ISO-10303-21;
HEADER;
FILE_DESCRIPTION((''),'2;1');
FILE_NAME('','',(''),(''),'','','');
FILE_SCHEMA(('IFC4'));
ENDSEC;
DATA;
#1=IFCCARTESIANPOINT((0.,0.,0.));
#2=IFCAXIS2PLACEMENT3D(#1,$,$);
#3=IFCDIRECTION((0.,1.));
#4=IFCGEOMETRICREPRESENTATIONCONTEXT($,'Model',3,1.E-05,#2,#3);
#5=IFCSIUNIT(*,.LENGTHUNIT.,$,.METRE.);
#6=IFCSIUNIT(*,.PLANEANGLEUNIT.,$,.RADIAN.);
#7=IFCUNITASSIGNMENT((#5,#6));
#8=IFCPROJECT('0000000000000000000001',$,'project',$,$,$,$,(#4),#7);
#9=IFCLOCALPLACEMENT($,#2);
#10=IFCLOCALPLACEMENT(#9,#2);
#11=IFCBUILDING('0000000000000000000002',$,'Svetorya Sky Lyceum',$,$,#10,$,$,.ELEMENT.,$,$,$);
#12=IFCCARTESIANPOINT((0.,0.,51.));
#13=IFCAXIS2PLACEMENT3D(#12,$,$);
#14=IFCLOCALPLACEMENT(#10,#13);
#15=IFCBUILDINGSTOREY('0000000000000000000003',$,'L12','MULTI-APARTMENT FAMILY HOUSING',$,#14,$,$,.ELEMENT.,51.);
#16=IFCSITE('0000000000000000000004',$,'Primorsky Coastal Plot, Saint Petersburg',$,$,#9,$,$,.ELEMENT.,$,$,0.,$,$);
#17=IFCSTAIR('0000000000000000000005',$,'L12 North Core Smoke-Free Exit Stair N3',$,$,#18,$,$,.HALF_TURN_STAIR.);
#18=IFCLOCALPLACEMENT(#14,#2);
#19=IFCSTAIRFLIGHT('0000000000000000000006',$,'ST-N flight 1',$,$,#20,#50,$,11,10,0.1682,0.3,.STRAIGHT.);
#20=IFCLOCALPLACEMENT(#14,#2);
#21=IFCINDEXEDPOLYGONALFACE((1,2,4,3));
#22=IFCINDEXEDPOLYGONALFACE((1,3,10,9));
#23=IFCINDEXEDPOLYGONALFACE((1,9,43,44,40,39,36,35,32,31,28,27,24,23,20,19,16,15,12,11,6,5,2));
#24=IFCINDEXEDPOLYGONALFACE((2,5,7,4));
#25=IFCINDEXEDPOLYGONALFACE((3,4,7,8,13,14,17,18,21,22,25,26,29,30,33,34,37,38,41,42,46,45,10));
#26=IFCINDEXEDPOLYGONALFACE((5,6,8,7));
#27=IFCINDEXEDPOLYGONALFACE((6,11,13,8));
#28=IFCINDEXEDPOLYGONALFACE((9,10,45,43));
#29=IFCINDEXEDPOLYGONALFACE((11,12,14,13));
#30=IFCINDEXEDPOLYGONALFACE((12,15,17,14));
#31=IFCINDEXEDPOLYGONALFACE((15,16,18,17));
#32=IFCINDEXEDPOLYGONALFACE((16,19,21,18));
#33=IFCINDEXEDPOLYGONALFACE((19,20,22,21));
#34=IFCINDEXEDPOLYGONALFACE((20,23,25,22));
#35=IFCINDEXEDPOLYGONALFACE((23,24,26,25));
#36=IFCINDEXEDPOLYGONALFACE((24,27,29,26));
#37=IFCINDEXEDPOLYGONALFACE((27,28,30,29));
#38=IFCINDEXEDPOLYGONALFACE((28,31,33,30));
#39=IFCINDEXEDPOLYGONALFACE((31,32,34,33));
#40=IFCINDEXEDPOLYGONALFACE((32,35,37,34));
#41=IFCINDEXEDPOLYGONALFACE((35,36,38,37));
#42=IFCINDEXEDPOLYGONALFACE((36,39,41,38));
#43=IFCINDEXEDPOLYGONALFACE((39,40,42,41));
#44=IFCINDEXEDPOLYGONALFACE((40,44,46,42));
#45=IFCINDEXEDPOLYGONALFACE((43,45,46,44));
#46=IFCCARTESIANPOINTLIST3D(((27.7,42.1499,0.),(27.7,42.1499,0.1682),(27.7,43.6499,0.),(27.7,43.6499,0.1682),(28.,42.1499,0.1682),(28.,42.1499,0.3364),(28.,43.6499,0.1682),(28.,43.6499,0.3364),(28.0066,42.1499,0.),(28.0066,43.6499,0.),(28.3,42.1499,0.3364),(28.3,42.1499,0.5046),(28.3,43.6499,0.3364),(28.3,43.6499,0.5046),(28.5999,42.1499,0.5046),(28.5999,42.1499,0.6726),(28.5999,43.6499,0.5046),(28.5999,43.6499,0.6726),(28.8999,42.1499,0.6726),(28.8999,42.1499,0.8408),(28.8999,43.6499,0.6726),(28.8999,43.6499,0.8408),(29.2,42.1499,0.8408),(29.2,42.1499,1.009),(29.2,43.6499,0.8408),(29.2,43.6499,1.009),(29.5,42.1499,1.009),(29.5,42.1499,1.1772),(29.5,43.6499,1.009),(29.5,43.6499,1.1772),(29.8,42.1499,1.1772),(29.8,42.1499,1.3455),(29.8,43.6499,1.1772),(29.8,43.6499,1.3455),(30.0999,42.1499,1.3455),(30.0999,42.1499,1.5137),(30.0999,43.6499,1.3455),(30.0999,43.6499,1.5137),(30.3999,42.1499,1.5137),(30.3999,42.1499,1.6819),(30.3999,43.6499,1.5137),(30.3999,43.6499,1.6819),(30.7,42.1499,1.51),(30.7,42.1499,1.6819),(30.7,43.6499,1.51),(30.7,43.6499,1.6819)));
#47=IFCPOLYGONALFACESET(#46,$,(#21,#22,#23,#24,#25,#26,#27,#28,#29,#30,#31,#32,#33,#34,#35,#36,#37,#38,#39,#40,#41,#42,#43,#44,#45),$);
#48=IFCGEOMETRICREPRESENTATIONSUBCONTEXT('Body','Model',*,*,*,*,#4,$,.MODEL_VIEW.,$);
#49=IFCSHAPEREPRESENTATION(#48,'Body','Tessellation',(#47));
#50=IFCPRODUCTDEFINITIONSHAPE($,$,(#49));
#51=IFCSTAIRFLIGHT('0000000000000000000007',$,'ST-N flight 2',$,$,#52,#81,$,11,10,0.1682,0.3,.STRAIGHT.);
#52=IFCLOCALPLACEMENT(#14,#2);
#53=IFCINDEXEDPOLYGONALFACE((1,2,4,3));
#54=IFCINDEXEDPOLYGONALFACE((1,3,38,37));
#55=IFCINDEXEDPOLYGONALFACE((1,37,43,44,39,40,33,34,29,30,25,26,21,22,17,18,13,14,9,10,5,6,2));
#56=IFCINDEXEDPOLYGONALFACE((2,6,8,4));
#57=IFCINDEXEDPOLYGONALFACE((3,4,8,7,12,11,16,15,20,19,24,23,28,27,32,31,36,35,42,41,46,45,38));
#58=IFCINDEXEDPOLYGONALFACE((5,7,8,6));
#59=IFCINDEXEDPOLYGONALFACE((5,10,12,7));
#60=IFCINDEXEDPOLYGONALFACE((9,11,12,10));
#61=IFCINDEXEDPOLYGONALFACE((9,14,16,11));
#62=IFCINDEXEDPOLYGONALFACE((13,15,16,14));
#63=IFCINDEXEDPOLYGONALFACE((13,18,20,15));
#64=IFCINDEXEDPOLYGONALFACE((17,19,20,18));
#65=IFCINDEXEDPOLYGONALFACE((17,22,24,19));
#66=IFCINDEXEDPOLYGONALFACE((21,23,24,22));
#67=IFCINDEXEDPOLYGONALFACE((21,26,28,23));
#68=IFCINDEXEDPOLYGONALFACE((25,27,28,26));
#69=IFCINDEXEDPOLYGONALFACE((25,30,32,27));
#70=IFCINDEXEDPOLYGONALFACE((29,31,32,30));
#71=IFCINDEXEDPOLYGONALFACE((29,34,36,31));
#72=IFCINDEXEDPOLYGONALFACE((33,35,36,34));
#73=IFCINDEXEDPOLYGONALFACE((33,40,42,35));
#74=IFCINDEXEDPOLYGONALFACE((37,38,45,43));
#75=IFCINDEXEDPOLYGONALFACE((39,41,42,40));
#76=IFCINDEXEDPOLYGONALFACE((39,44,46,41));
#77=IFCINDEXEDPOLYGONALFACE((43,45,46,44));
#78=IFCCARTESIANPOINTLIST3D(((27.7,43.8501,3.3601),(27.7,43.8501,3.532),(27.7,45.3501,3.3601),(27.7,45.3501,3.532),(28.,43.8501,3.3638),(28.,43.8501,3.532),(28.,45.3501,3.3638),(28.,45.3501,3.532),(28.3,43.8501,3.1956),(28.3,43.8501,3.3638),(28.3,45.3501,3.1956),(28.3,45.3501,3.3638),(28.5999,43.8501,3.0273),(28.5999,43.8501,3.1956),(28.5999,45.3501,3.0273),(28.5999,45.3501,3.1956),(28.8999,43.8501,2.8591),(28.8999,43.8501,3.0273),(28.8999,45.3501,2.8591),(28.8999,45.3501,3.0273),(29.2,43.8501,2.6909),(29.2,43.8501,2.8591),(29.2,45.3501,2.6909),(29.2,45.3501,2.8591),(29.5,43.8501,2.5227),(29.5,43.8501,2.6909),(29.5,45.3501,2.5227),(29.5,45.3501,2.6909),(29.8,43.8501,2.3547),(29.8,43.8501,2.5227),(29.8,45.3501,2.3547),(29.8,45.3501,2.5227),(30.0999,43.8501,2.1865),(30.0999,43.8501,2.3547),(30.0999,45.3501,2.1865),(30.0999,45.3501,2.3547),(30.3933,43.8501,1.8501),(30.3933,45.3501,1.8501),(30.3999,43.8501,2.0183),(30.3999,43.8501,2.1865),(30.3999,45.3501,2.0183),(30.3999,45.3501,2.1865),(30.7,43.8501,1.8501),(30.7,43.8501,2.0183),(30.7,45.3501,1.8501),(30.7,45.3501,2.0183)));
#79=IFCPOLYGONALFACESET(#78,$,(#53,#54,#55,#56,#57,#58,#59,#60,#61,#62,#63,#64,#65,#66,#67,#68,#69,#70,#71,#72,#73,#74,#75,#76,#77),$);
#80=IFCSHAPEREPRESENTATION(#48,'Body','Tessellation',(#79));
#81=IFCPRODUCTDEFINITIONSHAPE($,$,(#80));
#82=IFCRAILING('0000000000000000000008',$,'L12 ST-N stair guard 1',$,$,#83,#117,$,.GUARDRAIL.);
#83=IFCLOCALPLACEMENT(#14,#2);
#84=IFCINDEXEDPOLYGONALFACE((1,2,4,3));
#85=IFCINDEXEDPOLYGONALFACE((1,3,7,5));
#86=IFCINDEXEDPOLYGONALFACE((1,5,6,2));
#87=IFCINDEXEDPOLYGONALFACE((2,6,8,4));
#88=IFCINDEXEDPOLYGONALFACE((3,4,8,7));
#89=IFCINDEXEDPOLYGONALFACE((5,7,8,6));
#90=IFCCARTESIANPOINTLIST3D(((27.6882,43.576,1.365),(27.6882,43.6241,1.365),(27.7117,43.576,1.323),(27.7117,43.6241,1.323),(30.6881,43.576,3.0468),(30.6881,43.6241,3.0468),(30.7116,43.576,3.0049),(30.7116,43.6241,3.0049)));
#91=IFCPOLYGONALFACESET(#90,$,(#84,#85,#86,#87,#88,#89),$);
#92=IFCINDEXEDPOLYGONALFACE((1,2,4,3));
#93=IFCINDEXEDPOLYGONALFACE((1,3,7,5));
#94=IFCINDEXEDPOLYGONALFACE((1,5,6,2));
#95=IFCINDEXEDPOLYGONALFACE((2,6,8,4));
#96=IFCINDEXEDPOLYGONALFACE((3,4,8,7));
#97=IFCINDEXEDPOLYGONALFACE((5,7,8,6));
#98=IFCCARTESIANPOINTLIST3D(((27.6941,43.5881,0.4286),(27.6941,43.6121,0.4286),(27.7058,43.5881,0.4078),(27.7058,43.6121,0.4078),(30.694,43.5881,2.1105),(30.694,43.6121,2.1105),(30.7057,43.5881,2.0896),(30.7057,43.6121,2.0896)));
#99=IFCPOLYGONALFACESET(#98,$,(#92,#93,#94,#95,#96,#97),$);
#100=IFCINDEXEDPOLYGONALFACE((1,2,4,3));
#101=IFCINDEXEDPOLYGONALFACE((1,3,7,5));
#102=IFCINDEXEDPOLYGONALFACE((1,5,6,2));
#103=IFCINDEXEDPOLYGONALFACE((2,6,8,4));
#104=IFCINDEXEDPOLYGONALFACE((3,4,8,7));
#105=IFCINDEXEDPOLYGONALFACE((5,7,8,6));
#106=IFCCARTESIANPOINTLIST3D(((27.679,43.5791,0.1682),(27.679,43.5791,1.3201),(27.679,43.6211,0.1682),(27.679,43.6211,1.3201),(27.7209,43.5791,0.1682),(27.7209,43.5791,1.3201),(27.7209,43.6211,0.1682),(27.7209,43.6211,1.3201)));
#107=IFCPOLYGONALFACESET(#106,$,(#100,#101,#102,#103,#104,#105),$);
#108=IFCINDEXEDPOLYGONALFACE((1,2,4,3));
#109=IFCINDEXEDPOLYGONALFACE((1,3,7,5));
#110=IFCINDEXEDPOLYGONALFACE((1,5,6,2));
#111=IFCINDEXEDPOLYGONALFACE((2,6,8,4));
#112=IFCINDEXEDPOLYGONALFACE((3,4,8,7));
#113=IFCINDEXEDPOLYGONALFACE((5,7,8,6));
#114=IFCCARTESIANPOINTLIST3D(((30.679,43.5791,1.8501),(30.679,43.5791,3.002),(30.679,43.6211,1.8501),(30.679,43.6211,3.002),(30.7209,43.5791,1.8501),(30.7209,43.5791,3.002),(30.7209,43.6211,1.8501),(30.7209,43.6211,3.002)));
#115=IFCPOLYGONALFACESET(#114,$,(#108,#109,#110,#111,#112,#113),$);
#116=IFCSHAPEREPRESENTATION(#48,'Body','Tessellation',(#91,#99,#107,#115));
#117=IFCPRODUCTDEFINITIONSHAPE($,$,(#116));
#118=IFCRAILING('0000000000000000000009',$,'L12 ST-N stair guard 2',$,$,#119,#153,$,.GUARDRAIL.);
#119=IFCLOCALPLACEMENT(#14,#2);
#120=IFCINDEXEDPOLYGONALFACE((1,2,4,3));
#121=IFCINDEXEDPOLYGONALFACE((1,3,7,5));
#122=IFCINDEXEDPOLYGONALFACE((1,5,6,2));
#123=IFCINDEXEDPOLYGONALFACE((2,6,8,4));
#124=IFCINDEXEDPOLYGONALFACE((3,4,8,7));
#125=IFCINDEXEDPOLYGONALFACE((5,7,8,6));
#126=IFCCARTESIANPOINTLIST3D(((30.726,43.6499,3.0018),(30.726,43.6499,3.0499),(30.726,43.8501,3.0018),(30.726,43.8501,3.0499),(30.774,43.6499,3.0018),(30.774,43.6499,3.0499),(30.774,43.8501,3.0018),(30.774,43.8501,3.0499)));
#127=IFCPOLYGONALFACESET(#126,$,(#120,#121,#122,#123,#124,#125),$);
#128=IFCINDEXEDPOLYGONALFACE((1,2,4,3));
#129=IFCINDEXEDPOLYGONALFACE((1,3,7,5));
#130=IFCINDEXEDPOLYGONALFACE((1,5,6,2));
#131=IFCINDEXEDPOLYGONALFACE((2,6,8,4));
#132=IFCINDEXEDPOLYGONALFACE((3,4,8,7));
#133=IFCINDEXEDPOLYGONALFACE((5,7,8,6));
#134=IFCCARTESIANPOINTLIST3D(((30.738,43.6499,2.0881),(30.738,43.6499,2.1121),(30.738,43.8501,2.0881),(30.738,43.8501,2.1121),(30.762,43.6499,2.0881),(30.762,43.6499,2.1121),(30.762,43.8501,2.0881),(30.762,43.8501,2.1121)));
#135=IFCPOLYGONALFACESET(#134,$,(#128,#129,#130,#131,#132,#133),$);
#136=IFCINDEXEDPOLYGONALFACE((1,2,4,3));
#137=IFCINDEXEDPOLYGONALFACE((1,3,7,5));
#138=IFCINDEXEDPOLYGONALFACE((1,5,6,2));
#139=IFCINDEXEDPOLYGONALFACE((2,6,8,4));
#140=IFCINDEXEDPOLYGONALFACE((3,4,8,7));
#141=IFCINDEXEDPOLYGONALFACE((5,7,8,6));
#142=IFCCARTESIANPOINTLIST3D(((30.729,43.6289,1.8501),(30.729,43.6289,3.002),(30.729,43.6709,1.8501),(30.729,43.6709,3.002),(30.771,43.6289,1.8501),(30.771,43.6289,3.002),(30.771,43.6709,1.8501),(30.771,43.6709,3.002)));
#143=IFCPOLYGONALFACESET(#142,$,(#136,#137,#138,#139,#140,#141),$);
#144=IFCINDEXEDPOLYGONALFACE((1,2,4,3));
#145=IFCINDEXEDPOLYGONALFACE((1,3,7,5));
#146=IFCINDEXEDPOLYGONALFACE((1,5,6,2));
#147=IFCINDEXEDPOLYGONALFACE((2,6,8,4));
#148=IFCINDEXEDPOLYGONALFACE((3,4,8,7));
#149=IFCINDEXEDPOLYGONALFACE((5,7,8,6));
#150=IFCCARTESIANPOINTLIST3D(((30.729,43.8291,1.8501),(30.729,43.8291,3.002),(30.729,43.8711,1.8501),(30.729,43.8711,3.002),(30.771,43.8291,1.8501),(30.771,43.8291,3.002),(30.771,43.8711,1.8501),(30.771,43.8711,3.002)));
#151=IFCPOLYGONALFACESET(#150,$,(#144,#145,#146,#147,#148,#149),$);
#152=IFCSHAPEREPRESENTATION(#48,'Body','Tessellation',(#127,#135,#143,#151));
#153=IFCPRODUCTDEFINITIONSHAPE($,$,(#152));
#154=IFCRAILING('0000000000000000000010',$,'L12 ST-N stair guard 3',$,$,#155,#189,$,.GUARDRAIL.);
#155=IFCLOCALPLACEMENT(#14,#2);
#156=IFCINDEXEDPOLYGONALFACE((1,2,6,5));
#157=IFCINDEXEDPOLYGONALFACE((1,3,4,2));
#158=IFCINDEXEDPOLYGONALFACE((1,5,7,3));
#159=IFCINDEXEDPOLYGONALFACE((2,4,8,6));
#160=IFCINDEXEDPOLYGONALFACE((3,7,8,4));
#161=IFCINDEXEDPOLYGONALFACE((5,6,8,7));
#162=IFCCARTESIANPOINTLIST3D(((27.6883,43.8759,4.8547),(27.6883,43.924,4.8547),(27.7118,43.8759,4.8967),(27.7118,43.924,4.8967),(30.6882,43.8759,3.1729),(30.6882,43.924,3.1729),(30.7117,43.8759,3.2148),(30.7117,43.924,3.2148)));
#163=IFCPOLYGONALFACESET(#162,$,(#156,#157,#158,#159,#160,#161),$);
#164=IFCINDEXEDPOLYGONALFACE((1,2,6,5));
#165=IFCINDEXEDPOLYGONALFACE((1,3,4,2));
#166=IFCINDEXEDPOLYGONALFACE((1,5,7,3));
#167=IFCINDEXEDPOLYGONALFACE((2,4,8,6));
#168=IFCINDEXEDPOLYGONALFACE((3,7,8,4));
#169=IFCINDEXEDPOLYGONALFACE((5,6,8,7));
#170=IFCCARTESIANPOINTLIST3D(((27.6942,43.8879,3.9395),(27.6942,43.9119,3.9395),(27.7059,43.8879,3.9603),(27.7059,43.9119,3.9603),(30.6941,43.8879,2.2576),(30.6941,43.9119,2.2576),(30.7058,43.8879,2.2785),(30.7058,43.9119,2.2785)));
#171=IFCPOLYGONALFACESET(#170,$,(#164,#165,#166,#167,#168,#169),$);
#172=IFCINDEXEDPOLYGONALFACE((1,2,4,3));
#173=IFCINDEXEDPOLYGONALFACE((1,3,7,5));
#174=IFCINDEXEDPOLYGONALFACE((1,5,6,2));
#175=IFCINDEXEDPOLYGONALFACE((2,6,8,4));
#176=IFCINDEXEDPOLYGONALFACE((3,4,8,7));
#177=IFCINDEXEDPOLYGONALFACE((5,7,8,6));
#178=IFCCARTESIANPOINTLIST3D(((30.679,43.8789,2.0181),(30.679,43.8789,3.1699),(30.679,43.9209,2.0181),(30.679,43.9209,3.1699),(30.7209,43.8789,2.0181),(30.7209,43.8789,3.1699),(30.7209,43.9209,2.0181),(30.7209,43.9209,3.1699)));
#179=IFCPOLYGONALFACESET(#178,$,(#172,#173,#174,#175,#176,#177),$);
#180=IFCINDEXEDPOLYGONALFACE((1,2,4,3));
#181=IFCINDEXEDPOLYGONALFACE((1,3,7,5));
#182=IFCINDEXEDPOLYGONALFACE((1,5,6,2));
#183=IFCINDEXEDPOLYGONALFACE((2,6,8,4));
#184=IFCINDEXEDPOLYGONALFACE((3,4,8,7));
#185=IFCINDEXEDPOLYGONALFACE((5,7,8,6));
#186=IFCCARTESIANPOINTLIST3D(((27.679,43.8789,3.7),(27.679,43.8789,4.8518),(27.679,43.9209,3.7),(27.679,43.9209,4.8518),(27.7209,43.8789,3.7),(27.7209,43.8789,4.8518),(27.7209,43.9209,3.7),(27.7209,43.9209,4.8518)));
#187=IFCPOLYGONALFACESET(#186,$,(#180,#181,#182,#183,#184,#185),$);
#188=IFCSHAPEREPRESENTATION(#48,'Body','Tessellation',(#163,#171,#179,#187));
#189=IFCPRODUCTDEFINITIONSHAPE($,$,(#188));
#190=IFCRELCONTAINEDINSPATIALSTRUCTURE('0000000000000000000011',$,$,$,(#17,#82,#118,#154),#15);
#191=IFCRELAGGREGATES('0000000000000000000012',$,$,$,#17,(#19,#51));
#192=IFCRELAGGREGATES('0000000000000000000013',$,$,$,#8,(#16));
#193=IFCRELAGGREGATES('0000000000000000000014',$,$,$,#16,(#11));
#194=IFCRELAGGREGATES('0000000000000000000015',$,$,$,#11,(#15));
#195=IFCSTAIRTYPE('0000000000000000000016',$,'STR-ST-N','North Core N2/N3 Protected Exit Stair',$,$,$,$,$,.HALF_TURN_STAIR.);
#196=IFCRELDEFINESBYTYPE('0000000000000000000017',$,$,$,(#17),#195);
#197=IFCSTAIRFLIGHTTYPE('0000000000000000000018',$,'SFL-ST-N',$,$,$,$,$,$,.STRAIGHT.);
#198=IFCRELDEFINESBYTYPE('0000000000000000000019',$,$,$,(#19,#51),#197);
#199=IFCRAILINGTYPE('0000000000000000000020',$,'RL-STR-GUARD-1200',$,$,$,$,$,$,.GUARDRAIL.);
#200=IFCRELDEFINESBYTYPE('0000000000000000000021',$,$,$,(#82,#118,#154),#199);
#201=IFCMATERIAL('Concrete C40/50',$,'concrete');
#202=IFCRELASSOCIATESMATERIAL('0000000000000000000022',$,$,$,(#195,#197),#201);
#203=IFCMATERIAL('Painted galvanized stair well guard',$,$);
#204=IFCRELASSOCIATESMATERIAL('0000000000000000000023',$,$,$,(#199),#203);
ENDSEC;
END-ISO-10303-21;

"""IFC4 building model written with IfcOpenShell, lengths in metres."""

from ifc_helpers import new_model, si_unit, direction, frame, origin, origin_2d, place, context, subcontext, project, spatial, polyline, rectangle, outline, extrude, material, type_object, element, aggregate, save


model = new_model("IFC4")

# Units and contexts
model_context = context("Model", 3, precision=1e-05, world=origin(), true_north=direction((0.0, 1.0)))
body_context = subcontext(model_context, "Body", "Model", "MODEL_VIEW")
ifc_project = project(units=[si_unit("LENGTHUNIT", "METRE"), si_unit("PLANEANGLEUNIT", "RADIAN")], contexts=[model_context])

# Site, building, storey
site_placement = place(None, origin())
site = spatial("IfcSite", under=ifc_project, at=site_placement, Name="Primorsky Coastal Plot, Saint Petersburg", CompositionType="ELEMENT", RefElevation=0.0)
building_placement = place(site_placement, origin())
building = spatial("IfcBuilding", under=site, at=building_placement, Name="Svetorya Sky Lyceum", CompositionType="ELEMENT")
storey_placement = place(building_placement, frame((0.0, 0.0, 51.0)))
storey = spatial("IfcBuildingStorey", under=building, at=storey_placement, Name="L12", Description="MULTI-APARTMENT FAMILY HOUSING", CompositionType="ELEMENT", Elevation=51.0)

# Stair, stair flights
ifc_material_1 = material(Name="Concrete C40/50", Category="concrete")
stair_type = type_object("IfcStairType", Name="STR-ST-N", Description="North Core N2/N3 Protected Exit Stair", PredefinedType="HALF_TURN_STAIR", material=ifc_material_1)
stair_placement = place(storey_placement, origin())
stair = element("IfcStair", 1, at=stair_placement, inside=storey, type_object=stair_type, Name="L12 North Core Smoke-Free Exit Stair N3", PredefinedType="HALF_TURN_STAIR")
stair_flight_type = type_object("IfcStairFlightType", Name="SFL-ST-N", PredefinedType="STRAIGHT", material=ifc_material_1)
stair_flight_1_placement = place(storey_placement, frame((27.7, 42.8999, 0.0), z_axis=(0.0, 0.0, 1.0), x_axis=(1.0, 0.0, 0.0)))
stair_flight_1 = element("IfcStairFlight", 2, at=stair_flight_1_placement, type_object=stair_flight_type, Name="ST-N flight 1", NumberOfRisers=11, NumberOfTreads=10, PredefinedType="STRAIGHT", RiserHeight=0.1682, TreadLength=0.3, context=body_context, shape_type="SweptSolid", body=[
    extrude(outline(polyline([(0.0, 0.0), (0.0, 0.1682), (0.3, 0.1682), (0.3, 0.3364), (0.6001, 0.3364), (0.6001, 0.5046), (0.8999, 0.5046), (0.8999, 0.6726), (1.2, 0.6726), (1.2, 0.8408), (1.5, 0.8408), (1.5, 1.009), (1.8, 1.009), (1.8, 1.1772), (2.1001, 1.1772), (2.1001, 1.3455), (2.3999, 1.3455), (2.3999, 1.5137), (2.7, 1.5137), (2.7, 1.6819), (3.0, 1.6819), (3.0, 1.8501), (3.0, 1.51), (0.3066, 0.0), (0.0, 0.0)])), frame((0.0, 0.75, 0.0), z_axis=(0.0, -1.0, 0.0), x_axis=(1.0, 0.0, 0.0)), (0.0, 0.0, 1.0), 1.5),
])
stair_flight_2_placement = place(storey_placement, frame((30.7, 44.6001, 1.8501), z_axis=(0.0, 0.0, 1.0), x_axis=(-1.0, 0.0, 0.0)))
stair_flight_2 = element("IfcStairFlight", 3, at=stair_flight_2_placement, type_object=stair_flight_type, Name="ST-N flight 2", NumberOfRisers=11, NumberOfTreads=10, PredefinedType="STRAIGHT", RiserHeight=0.1682, TreadLength=0.3, context=body_context, shape_type="SweptSolid", body=[
    extrude(outline(polyline([(0.0, 0.0), (0.0, 0.1682), (0.3, 0.1682), (0.3, 0.3364), (0.6001, 0.3364), (0.6001, 0.5046), (0.8999, 0.5046), (0.8999, 0.6726), (1.2, 0.6726), (1.2, 0.8408), (1.5, 0.8408), (1.5, 1.009), (1.8, 1.009), (1.8, 1.1772), (2.1001, 1.1772), (2.1001, 1.3455), (2.3999, 1.3455), (2.3999, 1.5137), (2.7, 1.5137), (2.7, 1.6819), (3.0, 1.6819), (3.0, 1.8501), (3.0, 1.51), (0.3066, 0.0), (0.0, 0.0)])), frame((0.0, 0.75, 0.0), z_axis=(0.0, -1.0, 0.0), x_axis=(1.0, 0.0, 0.0)), (0.0, 0.0, 1.0), 1.5),
])
aggregate(stair, [stair_flight_1, stair_flight_2])

# Railings
ifc_material_2 = material(Name="Painted galvanized stair well guard")
railing_type_1 = type_object("IfcRailingType", Name="RL-STR-GUARD-1200", PredefinedType="GUARDRAIL", material=ifc_material_2)
railing_1_placement = place(storey_placement, frame((27.7, 43.6001, 0.1682)))
element("IfcRailing", 4, at=railing_1_placement, inside=storey, type_object=railing_type_1, Name="L12 ST-N stair guard 1", PredefinedType="GUARDRAIL", context=body_context, shape_type="SweptSolid", body=[
    extrude(rectangle(XDim=0.0481, YDim=0.0481, at=origin_2d()), frame((0.0, 0.0, 1.1758), z_axis=(0.872272, 0.0, 0.48902), x_axis=(0.0, 1.0, 0.0)), (0.0, 0.0, 1.0), 3.4392),
    extrude(rectangle(XDim=0.0239, YDim=0.0239, at=origin_2d()), frame((0.0, 0.0, 0.25), z_axis=(0.872272, 0.0, 0.48902), x_axis=(0.0, 1.0, 0.0)), (0.0, 0.0, 1.0), 3.4392),
    extrude(rectangle(XDim=0.042, YDim=0.042, at=origin_2d()), origin(), (0.0, 0.0, 1.0), 1.1519),
    extrude(rectangle(XDim=0.042, YDim=0.042, at=origin_2d()), frame((3.0, 0.0, 1.6819)), (0.0, 0.0, 1.0), 1.1519),
])
railing_2_placement = place(storey_placement, frame((30.75, 43.6499, 1.8501)))
element("IfcRailing", 5, at=railing_2_placement, inside=storey, type_object=railing_type_1, Name="L12 ST-N stair guard 2", PredefinedType="GUARDRAIL", context=body_context, shape_type="SweptSolid", body=[
    extrude(rectangle(XDim=0.0481, YDim=0.0481, at=origin_2d()), frame((0.0, 0.0, 1.1758), z_axis=(0.0, 1.0, 0.0), x_axis=(-1.0, 0.0, 0.0)), (0.0, 0.0, 1.0), 0.2002),
    extrude(rectangle(XDim=0.0239, YDim=0.0239, at=origin_2d()), frame((0.0, 0.0, 0.25), z_axis=(0.0, 1.0, 0.0), x_axis=(-1.0, 0.0, 0.0)), (0.0, 0.0, 1.0), 0.2002),
    extrude(rectangle(XDim=0.042, YDim=0.042, at=origin_2d()), origin(), (0.0, 0.0, 1.0), 1.1519),
    extrude(rectangle(XDim=0.042, YDim=0.042, at=origin_2d()), frame((0.0, 0.2002, 0.0)), (0.0, 0.0, 1.0), 1.1519),
])
railing_3_placement = place(storey_placement, frame((30.7, 43.8999, 2.0181)))
element("IfcRailing", 6, at=railing_3_placement, inside=storey, type_object=railing_type_1, Name="L12 ST-N stair guard 3", PredefinedType="GUARDRAIL", context=body_context, shape_type="SweptSolid", body=[
    extrude(rectangle(XDim=0.0481, YDim=0.0481, at=origin_2d()), frame((0.0, 0.0, 1.1758), z_axis=(-0.872272, 0.0, 0.48902), x_axis=(0.0, -1.0, 0.0)), (0.0, 0.0, 1.0), 3.4392),
    extrude(rectangle(XDim=0.0239, YDim=0.0239, at=origin_2d()), frame((0.0, 0.0, 0.25), z_axis=(-0.872272, 0.0, 0.48902), x_axis=(0.0, -1.0, 0.0)), (0.0, 0.0, 1.0), 3.4392),
    extrude(rectangle(XDim=0.042, YDim=0.042, at=origin_2d()), origin(), (0.0, 0.0, 1.0), 1.1519),
    extrude(rectangle(XDim=0.042, YDim=0.042, at=origin_2d()), frame((-3.0, 0.0, 1.6819)), (0.0, 0.0, 1.0), 1.1519),
])

save(model, "model.ifc")
